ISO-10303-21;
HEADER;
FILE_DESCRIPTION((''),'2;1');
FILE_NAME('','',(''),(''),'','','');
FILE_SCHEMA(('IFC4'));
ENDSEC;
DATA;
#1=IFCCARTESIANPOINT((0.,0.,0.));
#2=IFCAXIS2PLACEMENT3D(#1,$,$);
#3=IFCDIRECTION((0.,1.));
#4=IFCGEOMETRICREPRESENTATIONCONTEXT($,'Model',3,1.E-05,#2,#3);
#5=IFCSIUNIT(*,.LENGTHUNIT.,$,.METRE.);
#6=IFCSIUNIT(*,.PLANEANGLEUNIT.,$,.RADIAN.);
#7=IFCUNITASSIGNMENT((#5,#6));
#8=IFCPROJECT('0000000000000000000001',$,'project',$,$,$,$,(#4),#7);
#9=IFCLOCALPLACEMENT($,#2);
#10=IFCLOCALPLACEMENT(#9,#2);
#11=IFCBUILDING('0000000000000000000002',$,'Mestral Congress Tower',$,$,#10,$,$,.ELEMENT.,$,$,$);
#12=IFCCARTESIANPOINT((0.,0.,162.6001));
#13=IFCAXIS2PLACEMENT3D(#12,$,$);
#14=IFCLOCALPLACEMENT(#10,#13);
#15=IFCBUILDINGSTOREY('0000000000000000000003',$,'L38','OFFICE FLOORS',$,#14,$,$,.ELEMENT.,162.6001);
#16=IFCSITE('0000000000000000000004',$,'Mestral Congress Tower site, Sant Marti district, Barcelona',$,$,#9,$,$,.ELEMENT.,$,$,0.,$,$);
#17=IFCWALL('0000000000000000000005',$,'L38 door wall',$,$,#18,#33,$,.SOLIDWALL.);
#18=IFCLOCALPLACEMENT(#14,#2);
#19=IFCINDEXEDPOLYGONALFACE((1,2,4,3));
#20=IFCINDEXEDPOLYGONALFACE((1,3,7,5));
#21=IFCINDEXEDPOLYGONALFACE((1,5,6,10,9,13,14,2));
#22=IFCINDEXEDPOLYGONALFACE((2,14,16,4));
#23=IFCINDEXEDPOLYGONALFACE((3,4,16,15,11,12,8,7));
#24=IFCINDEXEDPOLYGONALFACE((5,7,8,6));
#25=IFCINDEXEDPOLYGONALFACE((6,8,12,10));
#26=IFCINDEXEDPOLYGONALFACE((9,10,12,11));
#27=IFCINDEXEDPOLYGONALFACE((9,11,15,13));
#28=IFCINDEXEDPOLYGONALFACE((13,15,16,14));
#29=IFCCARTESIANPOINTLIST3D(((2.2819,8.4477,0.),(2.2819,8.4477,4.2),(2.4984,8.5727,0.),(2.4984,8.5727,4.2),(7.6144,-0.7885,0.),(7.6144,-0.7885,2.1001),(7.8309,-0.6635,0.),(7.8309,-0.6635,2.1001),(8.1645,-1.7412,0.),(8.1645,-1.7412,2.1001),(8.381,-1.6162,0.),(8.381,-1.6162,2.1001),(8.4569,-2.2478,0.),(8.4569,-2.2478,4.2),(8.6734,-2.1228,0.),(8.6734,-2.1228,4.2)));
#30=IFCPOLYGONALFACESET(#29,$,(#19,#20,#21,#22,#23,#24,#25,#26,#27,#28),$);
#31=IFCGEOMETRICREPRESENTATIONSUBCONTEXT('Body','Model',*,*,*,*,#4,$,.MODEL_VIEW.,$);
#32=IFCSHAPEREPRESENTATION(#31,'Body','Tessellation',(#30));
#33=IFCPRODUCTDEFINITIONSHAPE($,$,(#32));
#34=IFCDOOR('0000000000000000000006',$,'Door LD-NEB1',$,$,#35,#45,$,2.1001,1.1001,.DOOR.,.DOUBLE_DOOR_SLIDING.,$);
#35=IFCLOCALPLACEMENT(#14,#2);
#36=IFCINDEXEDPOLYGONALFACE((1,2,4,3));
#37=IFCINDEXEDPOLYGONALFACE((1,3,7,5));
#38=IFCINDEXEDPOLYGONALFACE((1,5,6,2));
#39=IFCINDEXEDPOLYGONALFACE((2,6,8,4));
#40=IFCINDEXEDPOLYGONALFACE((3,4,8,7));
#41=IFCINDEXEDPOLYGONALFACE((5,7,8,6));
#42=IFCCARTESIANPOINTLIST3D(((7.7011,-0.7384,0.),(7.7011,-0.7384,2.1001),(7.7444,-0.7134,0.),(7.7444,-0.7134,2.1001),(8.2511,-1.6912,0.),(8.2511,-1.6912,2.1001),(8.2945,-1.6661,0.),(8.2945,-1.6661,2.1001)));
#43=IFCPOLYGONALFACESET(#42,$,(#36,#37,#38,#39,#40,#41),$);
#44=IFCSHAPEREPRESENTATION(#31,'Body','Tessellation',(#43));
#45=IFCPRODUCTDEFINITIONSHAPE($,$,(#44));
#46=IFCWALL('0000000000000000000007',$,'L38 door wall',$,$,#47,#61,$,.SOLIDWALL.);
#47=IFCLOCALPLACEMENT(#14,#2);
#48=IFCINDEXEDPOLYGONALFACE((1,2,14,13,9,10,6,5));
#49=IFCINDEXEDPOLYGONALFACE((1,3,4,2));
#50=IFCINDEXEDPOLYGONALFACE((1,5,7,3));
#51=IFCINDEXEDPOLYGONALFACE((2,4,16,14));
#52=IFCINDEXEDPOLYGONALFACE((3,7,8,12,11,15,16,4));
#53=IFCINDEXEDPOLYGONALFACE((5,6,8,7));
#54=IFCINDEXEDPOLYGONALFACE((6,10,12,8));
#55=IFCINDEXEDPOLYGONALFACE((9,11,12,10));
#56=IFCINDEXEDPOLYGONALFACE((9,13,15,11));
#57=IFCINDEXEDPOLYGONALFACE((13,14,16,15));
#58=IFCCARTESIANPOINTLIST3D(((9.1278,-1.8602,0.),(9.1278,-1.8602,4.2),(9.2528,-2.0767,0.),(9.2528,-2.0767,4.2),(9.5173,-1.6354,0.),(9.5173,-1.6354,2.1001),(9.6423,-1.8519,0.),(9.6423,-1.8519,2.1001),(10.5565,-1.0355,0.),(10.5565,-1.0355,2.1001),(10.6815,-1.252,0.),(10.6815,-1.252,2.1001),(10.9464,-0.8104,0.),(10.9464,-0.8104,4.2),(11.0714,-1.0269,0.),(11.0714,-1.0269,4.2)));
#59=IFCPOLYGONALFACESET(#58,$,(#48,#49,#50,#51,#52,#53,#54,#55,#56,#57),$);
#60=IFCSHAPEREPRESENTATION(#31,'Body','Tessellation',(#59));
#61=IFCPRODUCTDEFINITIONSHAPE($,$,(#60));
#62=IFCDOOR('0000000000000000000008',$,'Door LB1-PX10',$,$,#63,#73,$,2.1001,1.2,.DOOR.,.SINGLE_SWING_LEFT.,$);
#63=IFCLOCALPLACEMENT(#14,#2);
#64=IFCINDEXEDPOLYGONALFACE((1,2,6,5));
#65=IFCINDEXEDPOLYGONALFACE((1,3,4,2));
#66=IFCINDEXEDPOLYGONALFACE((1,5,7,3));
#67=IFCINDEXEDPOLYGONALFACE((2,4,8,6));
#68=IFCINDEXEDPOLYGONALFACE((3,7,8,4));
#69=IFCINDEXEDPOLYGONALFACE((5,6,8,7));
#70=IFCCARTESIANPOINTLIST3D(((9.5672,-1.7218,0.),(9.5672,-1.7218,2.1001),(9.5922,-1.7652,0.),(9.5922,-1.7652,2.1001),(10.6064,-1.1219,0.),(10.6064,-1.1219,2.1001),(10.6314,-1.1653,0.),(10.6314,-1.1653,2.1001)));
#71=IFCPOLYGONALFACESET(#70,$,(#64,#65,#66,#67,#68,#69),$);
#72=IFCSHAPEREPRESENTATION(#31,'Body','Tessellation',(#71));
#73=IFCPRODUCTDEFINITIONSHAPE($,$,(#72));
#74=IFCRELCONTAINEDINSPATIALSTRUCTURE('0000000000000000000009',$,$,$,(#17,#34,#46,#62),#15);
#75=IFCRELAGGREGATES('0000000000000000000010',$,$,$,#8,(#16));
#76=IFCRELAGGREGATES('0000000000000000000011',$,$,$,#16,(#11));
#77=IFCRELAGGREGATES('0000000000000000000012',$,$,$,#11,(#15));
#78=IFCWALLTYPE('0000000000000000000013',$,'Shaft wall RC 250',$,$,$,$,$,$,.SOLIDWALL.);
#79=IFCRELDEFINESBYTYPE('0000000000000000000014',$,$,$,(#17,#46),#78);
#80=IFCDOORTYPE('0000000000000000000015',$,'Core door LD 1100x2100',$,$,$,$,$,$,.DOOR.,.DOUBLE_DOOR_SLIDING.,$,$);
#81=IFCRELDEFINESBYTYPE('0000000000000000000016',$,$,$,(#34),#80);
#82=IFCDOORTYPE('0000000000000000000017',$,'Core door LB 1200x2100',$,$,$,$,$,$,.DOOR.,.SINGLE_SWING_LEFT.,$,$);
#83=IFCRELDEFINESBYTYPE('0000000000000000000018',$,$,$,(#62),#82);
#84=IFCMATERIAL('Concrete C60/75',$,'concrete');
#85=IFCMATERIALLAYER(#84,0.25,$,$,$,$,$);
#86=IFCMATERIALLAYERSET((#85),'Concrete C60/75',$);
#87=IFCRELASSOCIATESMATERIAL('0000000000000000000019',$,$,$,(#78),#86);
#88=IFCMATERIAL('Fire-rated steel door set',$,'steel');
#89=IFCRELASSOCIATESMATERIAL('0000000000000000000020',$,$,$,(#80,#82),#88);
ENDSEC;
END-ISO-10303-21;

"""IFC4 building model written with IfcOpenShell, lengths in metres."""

from ifc_helpers import new_model, si_unit, direction, frame, frame_2d, origin, place, context, subcontext, project, spatial, rectangle, extrude, material, layer, layer_set, type_object, element, fill, save


model = new_model("IFC4")

# Units and contexts
model_context = context("Model", 3, precision=1e-05, world=origin(), true_north=direction((0.0, 1.0)))
body_context = subcontext(model_context, "Body", "Model", "MODEL_VIEW")
ifc_project = project(units=[si_unit("LENGTHUNIT", "METRE"), si_unit("PLANEANGLEUNIT", "RADIAN")], contexts=[model_context])

# Site, building, storey
site_placement = place(None, origin())
site = spatial("IfcSite", under=ifc_project, at=site_placement, Name="Mestral Congress Tower site, Sant Marti district, Barcelona", CompositionType="ELEMENT", RefElevation=0.0)
building_placement = place(site_placement, origin())
building = spatial("IfcBuilding", under=site, at=building_placement, Name="Mestral Congress Tower", CompositionType="ELEMENT")
storey_placement = place(building_placement, frame((0.0, 0.0, 162.6001)))
storey = spatial("IfcBuildingStorey", under=building, at=storey_placement, Name="L38", Description="OFFICE FLOORS", CompositionType="ELEMENT", Elevation=162.6001)

# Shared definitions
ifc_material_1 = material(Name="Concrete C60/75", Category="concrete")

# Shared definitions
ifc_layer_1 = layer(ifc_material_1, 0.25)
ifc_layer_set_1 = layer_set([ifc_layer_1], Name="Concrete C60/75")
wall_type_1 = type_object("IfcWallType", Name="Shaft wall RC 250", PredefinedType="SOLIDWALL", material=ifc_layer_set_1)

# Walls, openings, doors
wall_1_placement = place(storey_placement, frame((8.5652, -2.1853, 0.0), z_axis=(0.0, 0.0, 1.0), x_axis=(-0.499998, 0.866027, 0.0)))
wall_1 = element("IfcWall", 1, at=wall_1_placement, inside=storey, type_object=wall_type_1, Name="L38 door wall", PredefinedType="SOLIDWALL", context=body_context, shape_type="SweptSolid", body=[
    extrude(rectangle(XDim=12.3501, YDim=0.25, at=frame_2d((6.175, 0.0))), origin(), (0.0, 0.0, 1.0), 4.2),
])
opening_1_placement = place(wall_1_placement, frame((0.585, 0.0, 0.0)))
opening_1 = element("IfcOpeningElement", 2, at=opening_1_placement, cuts=wall_1, PredefinedType="OPENING", context=body_context, shape_type="SweptSolid", body=[
    extrude(rectangle(XDim=1.1001, YDim=2.1001, at=frame_2d((0.55, 1.05))), frame((0.0, 0.135, 0.0), z_axis=(0.0, -1.0, 0.0), x_axis=(1.0, 0.0, 0.0)), (0.0, 0.0, 1.0), 0.27),
])
ifc_material_2 = material(Name="Fire-rated steel door set", Category="steel")
door_type_1 = type_object("IfcDoorType", Name="Core door LD 1100x2100", OperationType="DOUBLE_DOOR_SLIDING", PredefinedType="DOOR", material=ifc_material_2)
door_1_placement = place(opening_1_placement, origin())
door_1 = element("IfcDoor", 3, at=door_1_placement, inside=storey, type_object=door_type_1, Name="Door LD-NEB1", OperationType="DOUBLE_DOOR_SLIDING", OverallHeight=2.1001, OverallWidth=1.1001, PredefinedType="DOOR", context=body_context, shape_type="SweptSolid", body=[
    extrude(rectangle(XDim=1.1001, YDim=2.1001, at=frame_2d((0.55, 1.05))), frame((0.0, 0.0249, 0.0), z_axis=(0.0, -1.0, 0.0), x_axis=(1.0, 0.0, 0.0)), (0.0, 0.0, 1.0), 0.05),
])
fill(opening_1, door_1)
wall_2_placement = place(storey_placement, frame((11.0088, -0.9187, 0.0), z_axis=(0.0, 0.0, 1.0), x_axis=(-0.86606, -0.499941, 0.0)))
wall_2 = element("IfcWall", 4, at=wall_2_placement, inside=storey, type_object=wall_type_1, Name="L38 door wall", PredefinedType="SOLIDWALL", context=body_context, shape_type="SweptSolid", body=[
    extrude(rectangle(XDim=2.0999, YDim=0.25, at=frame_2d((1.0498, 0.0))), origin(), (0.0, 0.0, 1.0), 4.2),
])
opening_2_placement = place(wall_2_placement, frame((0.45, 0.0, 0.0)))
opening_2 = element("IfcOpeningElement", 5, at=opening_2_placement, cuts=wall_2, PredefinedType="OPENING", context=body_context, shape_type="SweptSolid", body=[
    extrude(rectangle(XDim=1.2, YDim=2.1001, at=frame_2d((0.6001, 1.05))), frame((0.0, 0.135, 0.0), z_axis=(0.0, -1.0, 0.0), x_axis=(1.0, 0.0, 0.0)), (0.0, 0.0, 1.0), 0.27),
])
door_type_2 = type_object("IfcDoorType", Name="Core door LB 1200x2100", OperationType="SINGLE_SWING_LEFT", PredefinedType="DOOR", material=ifc_material_2)
door_2_placement = place(opening_2_placement, origin())
door_2 = element("IfcDoor", 6, at=door_2_placement, inside=storey, type_object=door_type_2, Name="Door LB1-PX10", OperationType="SINGLE_SWING_LEFT", OverallHeight=2.1001, OverallWidth=1.2, PredefinedType="DOOR", context=body_context, shape_type="SweptSolid", body=[
    extrude(rectangle(XDim=1.2, YDim=2.1001, at=frame_2d((0.6001, 1.05))), frame((0.0, 0.0249, 0.0), z_axis=(0.0, -1.0, 0.0), x_axis=(1.0, 0.0, 0.0)), (0.0, 0.0, 1.0), 0.05),
])
fill(opening_2, door_2)

save(model, "model.ifc")
